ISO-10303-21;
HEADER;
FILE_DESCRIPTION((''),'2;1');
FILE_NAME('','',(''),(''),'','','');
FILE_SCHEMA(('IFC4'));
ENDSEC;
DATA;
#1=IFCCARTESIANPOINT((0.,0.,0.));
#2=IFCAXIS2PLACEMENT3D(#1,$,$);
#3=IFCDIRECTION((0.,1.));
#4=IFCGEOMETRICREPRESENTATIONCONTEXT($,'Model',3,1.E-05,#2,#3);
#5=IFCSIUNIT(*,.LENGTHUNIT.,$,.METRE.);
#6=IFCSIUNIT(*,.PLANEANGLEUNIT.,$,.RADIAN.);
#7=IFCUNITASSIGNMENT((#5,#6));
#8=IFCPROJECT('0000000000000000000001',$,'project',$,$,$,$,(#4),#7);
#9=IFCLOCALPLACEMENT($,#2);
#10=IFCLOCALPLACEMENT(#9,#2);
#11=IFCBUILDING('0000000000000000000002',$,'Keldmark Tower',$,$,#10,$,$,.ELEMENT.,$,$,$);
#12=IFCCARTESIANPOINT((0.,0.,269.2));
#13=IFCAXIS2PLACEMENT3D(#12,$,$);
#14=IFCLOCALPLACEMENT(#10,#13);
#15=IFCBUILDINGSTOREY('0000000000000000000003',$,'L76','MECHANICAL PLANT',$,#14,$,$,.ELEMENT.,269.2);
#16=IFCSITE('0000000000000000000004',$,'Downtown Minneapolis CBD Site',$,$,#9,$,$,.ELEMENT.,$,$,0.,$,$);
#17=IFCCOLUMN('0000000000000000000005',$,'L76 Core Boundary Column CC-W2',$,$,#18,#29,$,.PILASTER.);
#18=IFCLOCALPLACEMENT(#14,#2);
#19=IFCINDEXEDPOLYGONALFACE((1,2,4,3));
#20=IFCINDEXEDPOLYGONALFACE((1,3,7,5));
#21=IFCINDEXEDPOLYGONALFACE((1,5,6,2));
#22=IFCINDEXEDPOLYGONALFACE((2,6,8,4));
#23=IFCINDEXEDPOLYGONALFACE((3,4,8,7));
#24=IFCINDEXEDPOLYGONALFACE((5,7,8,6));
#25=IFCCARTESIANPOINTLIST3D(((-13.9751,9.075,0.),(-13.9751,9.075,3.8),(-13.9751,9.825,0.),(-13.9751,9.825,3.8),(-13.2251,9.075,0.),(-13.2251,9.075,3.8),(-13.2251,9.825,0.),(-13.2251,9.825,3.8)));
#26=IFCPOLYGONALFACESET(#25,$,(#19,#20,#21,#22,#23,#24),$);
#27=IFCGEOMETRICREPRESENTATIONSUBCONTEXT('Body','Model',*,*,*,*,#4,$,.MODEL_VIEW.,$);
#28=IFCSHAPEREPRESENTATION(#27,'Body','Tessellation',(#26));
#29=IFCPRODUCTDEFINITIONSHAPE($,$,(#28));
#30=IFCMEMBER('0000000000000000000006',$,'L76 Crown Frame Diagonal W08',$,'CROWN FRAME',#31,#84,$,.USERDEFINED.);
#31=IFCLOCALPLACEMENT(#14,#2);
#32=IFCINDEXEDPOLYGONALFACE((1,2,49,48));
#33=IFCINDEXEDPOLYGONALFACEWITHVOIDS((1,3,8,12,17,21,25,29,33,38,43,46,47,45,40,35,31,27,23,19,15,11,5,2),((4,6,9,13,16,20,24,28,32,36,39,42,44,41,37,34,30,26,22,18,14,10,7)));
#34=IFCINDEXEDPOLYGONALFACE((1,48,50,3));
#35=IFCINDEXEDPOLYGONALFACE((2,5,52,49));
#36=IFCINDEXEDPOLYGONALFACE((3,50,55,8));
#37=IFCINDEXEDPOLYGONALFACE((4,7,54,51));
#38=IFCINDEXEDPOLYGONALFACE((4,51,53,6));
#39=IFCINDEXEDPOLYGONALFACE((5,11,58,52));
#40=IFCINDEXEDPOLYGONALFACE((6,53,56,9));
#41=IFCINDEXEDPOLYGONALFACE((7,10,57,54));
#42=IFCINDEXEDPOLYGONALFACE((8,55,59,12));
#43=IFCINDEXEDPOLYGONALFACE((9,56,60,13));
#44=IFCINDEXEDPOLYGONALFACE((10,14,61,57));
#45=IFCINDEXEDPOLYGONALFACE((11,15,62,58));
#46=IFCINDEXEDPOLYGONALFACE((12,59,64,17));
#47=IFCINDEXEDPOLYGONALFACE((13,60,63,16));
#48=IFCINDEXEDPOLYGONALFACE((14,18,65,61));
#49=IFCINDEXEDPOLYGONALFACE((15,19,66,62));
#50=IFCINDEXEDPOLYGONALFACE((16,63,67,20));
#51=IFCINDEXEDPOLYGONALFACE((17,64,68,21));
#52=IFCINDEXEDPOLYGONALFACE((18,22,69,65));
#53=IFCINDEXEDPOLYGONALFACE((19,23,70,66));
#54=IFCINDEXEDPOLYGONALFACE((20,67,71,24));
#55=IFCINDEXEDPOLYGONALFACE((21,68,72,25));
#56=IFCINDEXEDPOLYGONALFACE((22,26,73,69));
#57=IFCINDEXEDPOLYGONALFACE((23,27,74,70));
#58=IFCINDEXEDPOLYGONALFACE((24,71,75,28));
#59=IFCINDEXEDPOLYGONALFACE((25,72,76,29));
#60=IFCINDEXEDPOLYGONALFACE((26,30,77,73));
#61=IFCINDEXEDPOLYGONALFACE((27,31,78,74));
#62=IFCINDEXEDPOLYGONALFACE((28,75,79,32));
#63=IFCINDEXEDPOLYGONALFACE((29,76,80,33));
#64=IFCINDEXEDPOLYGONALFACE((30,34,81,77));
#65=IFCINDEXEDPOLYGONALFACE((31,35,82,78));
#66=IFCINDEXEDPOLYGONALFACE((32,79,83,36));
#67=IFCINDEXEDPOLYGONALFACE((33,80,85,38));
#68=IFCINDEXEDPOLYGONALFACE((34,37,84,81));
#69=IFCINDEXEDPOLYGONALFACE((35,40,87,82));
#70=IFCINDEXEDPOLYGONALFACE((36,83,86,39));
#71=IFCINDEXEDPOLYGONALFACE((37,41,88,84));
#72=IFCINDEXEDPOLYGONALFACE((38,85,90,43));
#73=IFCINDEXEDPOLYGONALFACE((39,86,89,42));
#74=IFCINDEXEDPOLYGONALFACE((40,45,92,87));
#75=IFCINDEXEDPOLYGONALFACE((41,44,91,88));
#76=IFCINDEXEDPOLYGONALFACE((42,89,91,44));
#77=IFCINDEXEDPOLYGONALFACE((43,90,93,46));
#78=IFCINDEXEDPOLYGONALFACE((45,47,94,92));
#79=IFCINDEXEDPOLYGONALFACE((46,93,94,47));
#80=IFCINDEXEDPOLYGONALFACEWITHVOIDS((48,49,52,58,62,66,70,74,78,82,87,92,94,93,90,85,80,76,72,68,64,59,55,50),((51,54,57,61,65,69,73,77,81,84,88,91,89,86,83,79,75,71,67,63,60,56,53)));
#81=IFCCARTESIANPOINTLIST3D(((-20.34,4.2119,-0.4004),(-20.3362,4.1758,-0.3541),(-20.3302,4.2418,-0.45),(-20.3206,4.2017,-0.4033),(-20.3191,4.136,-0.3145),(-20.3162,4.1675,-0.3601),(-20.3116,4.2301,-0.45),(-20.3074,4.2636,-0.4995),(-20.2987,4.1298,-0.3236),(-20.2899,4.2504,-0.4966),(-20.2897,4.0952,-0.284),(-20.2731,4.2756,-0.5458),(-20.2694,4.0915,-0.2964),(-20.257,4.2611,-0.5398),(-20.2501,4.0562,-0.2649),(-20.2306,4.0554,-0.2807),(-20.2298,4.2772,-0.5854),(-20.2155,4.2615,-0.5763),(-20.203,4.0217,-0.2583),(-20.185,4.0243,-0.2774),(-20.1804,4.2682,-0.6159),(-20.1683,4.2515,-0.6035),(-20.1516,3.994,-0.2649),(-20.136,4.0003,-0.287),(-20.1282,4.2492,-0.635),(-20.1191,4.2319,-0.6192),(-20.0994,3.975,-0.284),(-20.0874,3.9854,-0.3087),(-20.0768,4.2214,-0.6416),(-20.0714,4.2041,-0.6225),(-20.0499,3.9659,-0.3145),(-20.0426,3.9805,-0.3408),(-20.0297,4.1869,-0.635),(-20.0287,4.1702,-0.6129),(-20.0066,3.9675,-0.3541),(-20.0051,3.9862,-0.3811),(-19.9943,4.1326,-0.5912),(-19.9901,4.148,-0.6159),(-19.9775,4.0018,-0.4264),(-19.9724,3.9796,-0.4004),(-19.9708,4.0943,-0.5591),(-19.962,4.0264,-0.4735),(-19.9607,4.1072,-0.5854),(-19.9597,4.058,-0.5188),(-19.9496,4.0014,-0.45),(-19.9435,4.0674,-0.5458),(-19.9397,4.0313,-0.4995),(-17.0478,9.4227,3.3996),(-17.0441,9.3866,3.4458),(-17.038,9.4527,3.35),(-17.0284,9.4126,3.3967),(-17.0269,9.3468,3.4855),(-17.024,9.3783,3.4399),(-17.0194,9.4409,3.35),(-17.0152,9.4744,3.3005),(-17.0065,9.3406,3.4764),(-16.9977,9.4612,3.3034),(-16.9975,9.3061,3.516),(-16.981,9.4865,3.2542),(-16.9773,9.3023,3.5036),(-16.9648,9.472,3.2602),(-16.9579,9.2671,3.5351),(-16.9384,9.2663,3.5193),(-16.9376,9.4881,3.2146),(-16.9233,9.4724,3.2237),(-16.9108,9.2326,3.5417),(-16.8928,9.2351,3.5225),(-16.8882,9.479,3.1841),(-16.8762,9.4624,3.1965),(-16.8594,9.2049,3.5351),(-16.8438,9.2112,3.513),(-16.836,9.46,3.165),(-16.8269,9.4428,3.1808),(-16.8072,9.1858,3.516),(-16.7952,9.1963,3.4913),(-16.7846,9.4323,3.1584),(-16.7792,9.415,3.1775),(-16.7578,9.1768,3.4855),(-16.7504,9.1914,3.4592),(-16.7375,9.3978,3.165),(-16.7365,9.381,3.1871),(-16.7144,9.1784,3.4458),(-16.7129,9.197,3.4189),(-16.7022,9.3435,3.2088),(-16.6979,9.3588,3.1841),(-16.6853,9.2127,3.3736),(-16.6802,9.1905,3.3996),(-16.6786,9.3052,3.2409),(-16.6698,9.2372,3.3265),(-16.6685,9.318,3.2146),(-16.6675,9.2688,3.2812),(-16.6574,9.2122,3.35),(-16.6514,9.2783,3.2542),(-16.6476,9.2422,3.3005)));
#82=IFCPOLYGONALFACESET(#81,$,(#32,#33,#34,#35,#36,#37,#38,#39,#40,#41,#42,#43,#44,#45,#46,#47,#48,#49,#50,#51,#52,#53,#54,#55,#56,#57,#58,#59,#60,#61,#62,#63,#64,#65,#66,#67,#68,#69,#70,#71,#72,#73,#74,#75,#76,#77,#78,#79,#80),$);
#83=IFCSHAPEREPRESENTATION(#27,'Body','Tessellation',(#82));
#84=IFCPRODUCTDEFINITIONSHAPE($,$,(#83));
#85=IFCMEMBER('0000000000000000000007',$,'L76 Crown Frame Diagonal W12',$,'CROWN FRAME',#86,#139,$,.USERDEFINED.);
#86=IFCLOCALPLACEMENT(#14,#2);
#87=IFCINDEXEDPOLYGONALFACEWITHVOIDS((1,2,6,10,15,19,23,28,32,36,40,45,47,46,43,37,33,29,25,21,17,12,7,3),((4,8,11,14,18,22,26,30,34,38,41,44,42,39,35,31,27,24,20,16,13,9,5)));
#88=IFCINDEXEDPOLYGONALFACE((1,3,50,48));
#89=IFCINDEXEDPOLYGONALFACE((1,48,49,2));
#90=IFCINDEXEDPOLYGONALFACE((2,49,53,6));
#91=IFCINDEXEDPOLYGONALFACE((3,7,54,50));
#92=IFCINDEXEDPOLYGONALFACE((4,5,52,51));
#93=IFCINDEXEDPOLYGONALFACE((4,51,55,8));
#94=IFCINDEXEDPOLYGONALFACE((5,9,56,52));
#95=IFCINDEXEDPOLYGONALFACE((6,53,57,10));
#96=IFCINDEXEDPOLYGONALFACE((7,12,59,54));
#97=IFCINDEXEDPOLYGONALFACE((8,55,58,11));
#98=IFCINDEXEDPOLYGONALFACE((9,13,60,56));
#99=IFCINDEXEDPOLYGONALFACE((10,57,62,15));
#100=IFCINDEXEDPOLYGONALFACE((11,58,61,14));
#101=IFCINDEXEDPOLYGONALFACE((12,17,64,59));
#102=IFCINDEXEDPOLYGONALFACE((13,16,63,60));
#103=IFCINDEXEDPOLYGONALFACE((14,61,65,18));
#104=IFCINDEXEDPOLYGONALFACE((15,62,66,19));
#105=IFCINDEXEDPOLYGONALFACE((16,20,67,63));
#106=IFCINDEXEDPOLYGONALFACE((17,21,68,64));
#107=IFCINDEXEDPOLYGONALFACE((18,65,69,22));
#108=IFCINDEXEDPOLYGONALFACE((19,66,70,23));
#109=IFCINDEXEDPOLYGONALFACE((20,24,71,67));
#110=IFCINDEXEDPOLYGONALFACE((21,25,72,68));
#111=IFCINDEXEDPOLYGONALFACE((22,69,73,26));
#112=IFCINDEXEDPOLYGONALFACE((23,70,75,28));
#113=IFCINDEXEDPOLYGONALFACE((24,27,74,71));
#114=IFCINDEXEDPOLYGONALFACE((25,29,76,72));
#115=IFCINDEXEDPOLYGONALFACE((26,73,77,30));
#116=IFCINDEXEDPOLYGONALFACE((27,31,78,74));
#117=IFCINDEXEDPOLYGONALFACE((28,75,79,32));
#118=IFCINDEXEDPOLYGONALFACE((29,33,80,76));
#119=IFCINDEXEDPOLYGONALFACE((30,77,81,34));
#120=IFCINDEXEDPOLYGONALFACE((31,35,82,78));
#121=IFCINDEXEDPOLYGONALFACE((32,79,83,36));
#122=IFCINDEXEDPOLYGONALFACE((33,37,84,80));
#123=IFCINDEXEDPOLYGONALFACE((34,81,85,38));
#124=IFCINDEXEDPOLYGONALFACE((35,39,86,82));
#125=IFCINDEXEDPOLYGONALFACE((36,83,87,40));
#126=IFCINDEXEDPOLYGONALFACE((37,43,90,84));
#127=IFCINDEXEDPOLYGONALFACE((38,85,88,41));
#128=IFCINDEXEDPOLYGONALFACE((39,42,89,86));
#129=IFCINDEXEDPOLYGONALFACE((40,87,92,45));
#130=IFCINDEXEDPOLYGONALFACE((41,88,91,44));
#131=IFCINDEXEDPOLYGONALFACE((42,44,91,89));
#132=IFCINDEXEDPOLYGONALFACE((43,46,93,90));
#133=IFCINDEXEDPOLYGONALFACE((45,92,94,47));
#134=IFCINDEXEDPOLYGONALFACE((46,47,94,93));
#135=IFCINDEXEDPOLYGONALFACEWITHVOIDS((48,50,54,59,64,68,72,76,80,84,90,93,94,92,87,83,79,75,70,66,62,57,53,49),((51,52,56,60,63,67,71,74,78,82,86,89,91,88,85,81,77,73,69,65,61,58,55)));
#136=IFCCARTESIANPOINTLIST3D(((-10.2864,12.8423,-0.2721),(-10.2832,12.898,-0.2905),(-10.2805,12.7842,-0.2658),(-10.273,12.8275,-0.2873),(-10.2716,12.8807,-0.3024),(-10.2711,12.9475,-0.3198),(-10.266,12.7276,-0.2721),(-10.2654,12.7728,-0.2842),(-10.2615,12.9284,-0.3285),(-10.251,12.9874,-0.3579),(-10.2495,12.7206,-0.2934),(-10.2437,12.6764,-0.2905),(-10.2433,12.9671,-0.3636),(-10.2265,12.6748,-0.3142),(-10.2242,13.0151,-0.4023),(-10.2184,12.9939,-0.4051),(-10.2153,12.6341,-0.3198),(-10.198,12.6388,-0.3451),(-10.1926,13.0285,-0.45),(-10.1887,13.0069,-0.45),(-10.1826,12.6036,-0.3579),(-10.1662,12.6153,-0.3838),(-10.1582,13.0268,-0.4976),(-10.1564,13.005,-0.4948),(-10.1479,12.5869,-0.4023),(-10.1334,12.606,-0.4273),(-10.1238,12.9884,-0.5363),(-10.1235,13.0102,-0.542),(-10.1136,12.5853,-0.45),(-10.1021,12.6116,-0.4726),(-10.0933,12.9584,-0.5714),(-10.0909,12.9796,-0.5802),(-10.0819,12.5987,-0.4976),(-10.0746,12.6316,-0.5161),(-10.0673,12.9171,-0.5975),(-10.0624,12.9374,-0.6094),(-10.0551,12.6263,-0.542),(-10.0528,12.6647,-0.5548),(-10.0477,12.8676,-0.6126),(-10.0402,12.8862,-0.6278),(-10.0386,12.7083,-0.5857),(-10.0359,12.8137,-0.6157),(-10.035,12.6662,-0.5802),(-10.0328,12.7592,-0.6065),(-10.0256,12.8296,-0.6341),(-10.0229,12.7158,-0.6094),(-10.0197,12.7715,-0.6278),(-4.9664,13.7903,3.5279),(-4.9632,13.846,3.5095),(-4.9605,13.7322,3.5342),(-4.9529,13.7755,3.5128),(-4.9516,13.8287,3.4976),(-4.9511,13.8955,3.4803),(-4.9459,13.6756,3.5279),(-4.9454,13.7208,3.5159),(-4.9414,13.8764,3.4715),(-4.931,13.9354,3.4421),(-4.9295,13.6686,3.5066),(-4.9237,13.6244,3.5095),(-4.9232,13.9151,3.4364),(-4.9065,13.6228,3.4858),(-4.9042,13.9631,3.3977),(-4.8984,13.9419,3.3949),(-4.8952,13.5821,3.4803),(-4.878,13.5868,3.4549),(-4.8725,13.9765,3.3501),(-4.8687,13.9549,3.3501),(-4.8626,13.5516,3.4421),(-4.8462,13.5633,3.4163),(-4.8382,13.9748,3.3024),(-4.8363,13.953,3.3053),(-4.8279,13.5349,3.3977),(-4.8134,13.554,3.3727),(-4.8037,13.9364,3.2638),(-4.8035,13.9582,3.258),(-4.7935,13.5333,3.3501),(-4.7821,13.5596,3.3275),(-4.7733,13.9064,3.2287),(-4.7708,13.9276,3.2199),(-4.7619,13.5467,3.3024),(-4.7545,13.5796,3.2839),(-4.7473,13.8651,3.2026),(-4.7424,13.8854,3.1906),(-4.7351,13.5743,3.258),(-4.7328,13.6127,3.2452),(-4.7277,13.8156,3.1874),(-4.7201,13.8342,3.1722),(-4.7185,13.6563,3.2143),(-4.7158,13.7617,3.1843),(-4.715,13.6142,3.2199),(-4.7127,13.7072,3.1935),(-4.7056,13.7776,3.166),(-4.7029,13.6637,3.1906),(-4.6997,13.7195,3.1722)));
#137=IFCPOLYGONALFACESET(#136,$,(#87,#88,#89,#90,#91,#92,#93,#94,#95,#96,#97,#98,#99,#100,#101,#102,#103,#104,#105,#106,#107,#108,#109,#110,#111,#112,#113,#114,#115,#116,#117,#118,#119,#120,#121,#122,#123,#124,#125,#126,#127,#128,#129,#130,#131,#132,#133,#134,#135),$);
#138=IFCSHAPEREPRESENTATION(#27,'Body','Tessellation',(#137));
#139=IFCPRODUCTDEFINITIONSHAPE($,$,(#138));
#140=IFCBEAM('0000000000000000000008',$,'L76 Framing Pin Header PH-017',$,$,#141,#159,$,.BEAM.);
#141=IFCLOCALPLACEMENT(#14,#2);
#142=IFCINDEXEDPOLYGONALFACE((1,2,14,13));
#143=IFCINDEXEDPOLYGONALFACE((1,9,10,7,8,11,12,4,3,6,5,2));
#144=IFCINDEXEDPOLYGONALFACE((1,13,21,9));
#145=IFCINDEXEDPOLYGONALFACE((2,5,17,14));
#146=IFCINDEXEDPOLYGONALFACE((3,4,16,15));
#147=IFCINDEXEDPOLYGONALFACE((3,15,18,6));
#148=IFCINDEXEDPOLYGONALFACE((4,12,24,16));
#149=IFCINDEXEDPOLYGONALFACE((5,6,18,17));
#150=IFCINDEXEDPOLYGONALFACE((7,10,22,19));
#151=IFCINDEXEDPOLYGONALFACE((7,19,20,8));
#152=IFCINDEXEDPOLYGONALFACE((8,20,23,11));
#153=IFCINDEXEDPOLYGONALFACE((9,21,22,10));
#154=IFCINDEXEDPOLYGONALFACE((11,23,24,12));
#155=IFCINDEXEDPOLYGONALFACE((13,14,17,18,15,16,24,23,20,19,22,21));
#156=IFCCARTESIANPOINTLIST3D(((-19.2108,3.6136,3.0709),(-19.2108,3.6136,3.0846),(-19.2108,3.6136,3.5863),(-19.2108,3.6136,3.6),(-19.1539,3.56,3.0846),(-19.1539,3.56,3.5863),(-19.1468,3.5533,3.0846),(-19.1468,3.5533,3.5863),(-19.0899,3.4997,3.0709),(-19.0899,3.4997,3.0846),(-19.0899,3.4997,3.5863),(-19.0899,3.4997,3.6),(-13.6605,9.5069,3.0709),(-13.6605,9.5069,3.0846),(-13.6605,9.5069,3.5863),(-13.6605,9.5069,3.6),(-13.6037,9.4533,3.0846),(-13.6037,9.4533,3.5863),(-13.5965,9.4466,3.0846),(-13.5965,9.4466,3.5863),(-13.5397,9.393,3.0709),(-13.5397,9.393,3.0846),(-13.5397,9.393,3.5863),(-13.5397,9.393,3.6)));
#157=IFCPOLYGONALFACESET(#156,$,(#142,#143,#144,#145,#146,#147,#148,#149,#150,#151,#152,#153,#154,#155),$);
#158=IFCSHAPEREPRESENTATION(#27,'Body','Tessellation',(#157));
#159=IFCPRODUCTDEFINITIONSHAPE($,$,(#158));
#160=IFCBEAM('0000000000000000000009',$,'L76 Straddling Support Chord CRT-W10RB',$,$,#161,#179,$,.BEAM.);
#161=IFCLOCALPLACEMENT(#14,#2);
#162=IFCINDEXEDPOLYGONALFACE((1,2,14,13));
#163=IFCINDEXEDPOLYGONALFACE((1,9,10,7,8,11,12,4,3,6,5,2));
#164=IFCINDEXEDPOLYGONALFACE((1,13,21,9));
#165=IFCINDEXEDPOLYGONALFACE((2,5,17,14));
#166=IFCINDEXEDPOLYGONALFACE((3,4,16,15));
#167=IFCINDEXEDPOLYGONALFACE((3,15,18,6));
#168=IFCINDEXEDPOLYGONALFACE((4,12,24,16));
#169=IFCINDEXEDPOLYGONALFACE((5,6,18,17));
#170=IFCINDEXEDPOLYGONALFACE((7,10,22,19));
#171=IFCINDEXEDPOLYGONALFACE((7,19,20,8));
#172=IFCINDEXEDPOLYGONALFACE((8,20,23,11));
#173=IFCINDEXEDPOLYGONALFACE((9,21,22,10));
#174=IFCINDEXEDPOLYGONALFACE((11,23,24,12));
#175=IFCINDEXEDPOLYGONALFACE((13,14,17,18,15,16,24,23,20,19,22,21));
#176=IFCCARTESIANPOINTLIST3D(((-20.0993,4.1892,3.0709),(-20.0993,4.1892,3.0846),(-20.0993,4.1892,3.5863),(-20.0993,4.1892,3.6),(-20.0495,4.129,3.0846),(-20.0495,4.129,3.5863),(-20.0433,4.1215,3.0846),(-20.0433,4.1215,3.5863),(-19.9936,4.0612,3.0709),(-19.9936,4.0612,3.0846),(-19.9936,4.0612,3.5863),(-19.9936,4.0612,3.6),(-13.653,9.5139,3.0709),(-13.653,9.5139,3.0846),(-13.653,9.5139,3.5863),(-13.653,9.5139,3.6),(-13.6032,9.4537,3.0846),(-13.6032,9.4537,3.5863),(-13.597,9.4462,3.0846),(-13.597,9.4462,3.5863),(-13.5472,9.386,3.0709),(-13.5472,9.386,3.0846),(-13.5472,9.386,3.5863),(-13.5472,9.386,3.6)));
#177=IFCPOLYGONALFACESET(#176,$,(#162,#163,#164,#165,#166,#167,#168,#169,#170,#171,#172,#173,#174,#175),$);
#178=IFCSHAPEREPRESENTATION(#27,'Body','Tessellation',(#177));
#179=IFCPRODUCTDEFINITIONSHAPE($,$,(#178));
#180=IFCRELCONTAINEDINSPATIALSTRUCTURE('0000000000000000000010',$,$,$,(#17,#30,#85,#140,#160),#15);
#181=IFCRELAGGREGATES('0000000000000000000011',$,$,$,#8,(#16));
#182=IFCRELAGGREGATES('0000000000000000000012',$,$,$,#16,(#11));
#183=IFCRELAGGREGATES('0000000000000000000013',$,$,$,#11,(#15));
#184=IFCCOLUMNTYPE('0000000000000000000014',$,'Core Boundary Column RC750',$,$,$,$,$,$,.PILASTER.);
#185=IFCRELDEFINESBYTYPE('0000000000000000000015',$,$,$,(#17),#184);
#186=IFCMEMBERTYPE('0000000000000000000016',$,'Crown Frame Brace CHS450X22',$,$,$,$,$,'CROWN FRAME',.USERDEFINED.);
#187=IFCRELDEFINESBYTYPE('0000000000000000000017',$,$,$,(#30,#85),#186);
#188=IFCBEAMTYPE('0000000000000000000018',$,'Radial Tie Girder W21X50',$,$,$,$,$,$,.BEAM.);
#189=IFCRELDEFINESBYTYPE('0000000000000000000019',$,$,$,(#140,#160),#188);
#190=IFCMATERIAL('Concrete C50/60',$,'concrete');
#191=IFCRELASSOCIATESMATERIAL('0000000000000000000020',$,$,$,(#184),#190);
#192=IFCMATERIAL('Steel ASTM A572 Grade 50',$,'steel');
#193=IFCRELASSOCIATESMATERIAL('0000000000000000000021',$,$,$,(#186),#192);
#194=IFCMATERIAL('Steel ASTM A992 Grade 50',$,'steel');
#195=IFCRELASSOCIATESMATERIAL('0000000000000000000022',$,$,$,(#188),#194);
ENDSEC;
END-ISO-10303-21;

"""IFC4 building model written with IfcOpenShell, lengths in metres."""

from ifc_helpers import new_model, si_unit, direction, frame, origin, origin_2d, place, context, subcontext, project, spatial, rectangle, hollow_circle, i_section, extrude, material, material_profile, profile_set, type_object, element, save


model = new_model("IFC4")

# Units and contexts
model_context = context("Model", 3, precision=1e-05, world=origin(), true_north=direction((0.0, 1.0)))
body_context = subcontext(model_context, "Body", "Model", "MODEL_VIEW")
ifc_project = project(units=[si_unit("LENGTHUNIT", "METRE"), si_unit("PLANEANGLEUNIT", "RADIAN")], contexts=[model_context])

# Site, building, storey
site_placement = place(None, origin())
site = spatial("IfcSite", under=ifc_project, at=site_placement, Name="Downtown Minneapolis CBD Site", CompositionType="ELEMENT", RefElevation=0.0)
building_placement = place(site_placement, origin())
building = spatial("IfcBuilding", under=site, at=building_placement, Name="Keldmark Tower", CompositionType="ELEMENT")
storey_placement = place(building_placement, frame((0.0, 0.0, 269.2)))
storey = spatial("IfcBuildingStorey", under=building, at=storey_placement, Name="L76", Description="MECHANICAL PLANT", CompositionType="ELEMENT", Elevation=269.2)

# Column
ifc_material_1 = material(Name="Concrete C50/60", Category="concrete")
ifc_material_profile_1 = material_profile(ifc_material_1, rectangle(XDim=0.75, YDim=0.75, at=origin_2d()), Name="RC750X750")
ifc_profile_set_1 = profile_set([ifc_material_profile_1], Name="Concrete C50/60")
column_type = type_object("IfcColumnType", Name="Core Boundary Column RC750", PredefinedType="PILASTER", material=ifc_profile_set_1)
column_placement = place(storey_placement, frame((-13.6001, 9.45, 0.0), z_axis=(0.0, 0.0, 1.0), x_axis=(1.0, 0.0, 0.0)))
element("IfcColumn", 1, at=column_placement, inside=storey, type_object=column_type, Name="L76 Core Boundary Column CC-W2", PredefinedType="PILASTER", context=body_context, shape_type="SweptSolid", body=[
    extrude(rectangle(XDim=0.75, YDim=0.75, at=origin_2d()), origin(), (0.0, 0.0, 1.0), 3.8),
])

# Members
ifc_material_2 = material(Name="Steel ASTM A572 Grade 50", Category="steel")
ifc_material_profile_2 = material_profile(ifc_material_2, hollow_circle(Radius=0.2251, WallThickness=0.022, at=origin_2d()), Name="CHS450X22")
ifc_profile_set_2 = profile_set([ifc_material_profile_2], Name="Steel ASTM A572 Grade 50")
member_type = type_object("IfcMemberType", Name="Crown Frame Brace CHS450X22", ElementType="CROWN FRAME", PredefinedType="USERDEFINED", material=ifc_profile_set_2)
member_1_placement = place(storey_placement, frame((-20.1399, 4.1216, -0.45), z_axis=(0.454662, 0.719637, 0.524791), x_axis=(-0.845407, 0.534123, 0.0)))
element("IfcMember", 2, at=member_1_placement, inside=storey, type_object=member_type, Name="L76 Crown Frame Diagonal W08", ObjectType="CROWN FRAME", PredefinedType="USERDEFINED", context=body_context, shape_type="SweptSolid", body=[
    extrude(hollow_circle(Radius=0.2251, WallThickness=0.022, at=origin_2d()), origin(), (0.0, 0.0, 1.0), 7.241),
])
member_2_placement = place(storey_placement, frame((-10.1531, 12.8069, -0.45), z_axis=(0.805312, 0.143501, 0.575223), x_axis=(-0.175429, 0.984492, 0.0)))
element("IfcMember", 3, at=member_2_placement, inside=storey, type_object=member_type, Name="L76 Crown Frame Diagonal W12", ObjectType="CROWN FRAME", PredefinedType="USERDEFINED", context=body_context, shape_type="SweptSolid", body=[
    extrude(hollow_circle(Radius=0.2251, WallThickness=0.022, at=origin_2d()), origin(), (0.0, 0.0, 1.0), 6.6062),
])

# Beams
ifc_material_3 = material(Name="Steel ASTM A992 Grade 50", Category="steel")
ifc_material_profile_3 = material_profile(ifc_material_3, i_section(OverallWidth=0.166, OverallDepth=0.5291, WebThickness=0.0098, FlangeThickness=0.0137, at=origin_2d()), Name="W21X50")
ifc_profile_set_3 = profile_set([ifc_material_profile_3], Name="Steel ASTM A992 Grade 50")
beam_type_1 = type_object("IfcBeamType", Name="Radial Tie Girder W21X50", PredefinedType="BEAM", material=ifc_profile_set_3)
beam_1_placement = place(storey_placement, frame((-13.6001, 9.45, 3.3354), z_axis=(-0.685604, -0.727975, 0.0), x_axis=(0.727975, -0.685604, 0.0)))
element("IfcBeam", 4, at=beam_1_placement, inside=storey, type_object=beam_type_1, Name="L76 Framing Pin Header PH-017", PredefinedType="BEAM", context=body_context, shape_type="SweptSolid", body=[
    extrude(i_section(OverallWidth=0.166, OverallDepth=0.5291, WebThickness=0.0098, FlangeThickness=0.0137, at=origin_2d()), origin(), (0.0, 0.0, 1.0), 8.0955),
])
beam_2_placement = place(storey_placement, frame((-13.6001, 9.45, 3.3354), z_axis=(-0.77099, -0.636847, 0.0), x_axis=(0.636847, -0.77099, 0.0)))
element("IfcBeam", 5, at=beam_2_placement, inside=storey, type_object=beam_type_1, Name="L76 Straddling Support Chord CRT-W10RB", PredefinedType="BEAM", context=body_context, shape_type="SweptSolid", body=[
    extrude(i_section(OverallWidth=0.166, OverallDepth=0.5291, WebThickness=0.0098, FlangeThickness=0.0137, at=origin_2d()), origin(), (0.0, 0.0, 1.0), 8.3611),
])

save(model, "model.ifc")
